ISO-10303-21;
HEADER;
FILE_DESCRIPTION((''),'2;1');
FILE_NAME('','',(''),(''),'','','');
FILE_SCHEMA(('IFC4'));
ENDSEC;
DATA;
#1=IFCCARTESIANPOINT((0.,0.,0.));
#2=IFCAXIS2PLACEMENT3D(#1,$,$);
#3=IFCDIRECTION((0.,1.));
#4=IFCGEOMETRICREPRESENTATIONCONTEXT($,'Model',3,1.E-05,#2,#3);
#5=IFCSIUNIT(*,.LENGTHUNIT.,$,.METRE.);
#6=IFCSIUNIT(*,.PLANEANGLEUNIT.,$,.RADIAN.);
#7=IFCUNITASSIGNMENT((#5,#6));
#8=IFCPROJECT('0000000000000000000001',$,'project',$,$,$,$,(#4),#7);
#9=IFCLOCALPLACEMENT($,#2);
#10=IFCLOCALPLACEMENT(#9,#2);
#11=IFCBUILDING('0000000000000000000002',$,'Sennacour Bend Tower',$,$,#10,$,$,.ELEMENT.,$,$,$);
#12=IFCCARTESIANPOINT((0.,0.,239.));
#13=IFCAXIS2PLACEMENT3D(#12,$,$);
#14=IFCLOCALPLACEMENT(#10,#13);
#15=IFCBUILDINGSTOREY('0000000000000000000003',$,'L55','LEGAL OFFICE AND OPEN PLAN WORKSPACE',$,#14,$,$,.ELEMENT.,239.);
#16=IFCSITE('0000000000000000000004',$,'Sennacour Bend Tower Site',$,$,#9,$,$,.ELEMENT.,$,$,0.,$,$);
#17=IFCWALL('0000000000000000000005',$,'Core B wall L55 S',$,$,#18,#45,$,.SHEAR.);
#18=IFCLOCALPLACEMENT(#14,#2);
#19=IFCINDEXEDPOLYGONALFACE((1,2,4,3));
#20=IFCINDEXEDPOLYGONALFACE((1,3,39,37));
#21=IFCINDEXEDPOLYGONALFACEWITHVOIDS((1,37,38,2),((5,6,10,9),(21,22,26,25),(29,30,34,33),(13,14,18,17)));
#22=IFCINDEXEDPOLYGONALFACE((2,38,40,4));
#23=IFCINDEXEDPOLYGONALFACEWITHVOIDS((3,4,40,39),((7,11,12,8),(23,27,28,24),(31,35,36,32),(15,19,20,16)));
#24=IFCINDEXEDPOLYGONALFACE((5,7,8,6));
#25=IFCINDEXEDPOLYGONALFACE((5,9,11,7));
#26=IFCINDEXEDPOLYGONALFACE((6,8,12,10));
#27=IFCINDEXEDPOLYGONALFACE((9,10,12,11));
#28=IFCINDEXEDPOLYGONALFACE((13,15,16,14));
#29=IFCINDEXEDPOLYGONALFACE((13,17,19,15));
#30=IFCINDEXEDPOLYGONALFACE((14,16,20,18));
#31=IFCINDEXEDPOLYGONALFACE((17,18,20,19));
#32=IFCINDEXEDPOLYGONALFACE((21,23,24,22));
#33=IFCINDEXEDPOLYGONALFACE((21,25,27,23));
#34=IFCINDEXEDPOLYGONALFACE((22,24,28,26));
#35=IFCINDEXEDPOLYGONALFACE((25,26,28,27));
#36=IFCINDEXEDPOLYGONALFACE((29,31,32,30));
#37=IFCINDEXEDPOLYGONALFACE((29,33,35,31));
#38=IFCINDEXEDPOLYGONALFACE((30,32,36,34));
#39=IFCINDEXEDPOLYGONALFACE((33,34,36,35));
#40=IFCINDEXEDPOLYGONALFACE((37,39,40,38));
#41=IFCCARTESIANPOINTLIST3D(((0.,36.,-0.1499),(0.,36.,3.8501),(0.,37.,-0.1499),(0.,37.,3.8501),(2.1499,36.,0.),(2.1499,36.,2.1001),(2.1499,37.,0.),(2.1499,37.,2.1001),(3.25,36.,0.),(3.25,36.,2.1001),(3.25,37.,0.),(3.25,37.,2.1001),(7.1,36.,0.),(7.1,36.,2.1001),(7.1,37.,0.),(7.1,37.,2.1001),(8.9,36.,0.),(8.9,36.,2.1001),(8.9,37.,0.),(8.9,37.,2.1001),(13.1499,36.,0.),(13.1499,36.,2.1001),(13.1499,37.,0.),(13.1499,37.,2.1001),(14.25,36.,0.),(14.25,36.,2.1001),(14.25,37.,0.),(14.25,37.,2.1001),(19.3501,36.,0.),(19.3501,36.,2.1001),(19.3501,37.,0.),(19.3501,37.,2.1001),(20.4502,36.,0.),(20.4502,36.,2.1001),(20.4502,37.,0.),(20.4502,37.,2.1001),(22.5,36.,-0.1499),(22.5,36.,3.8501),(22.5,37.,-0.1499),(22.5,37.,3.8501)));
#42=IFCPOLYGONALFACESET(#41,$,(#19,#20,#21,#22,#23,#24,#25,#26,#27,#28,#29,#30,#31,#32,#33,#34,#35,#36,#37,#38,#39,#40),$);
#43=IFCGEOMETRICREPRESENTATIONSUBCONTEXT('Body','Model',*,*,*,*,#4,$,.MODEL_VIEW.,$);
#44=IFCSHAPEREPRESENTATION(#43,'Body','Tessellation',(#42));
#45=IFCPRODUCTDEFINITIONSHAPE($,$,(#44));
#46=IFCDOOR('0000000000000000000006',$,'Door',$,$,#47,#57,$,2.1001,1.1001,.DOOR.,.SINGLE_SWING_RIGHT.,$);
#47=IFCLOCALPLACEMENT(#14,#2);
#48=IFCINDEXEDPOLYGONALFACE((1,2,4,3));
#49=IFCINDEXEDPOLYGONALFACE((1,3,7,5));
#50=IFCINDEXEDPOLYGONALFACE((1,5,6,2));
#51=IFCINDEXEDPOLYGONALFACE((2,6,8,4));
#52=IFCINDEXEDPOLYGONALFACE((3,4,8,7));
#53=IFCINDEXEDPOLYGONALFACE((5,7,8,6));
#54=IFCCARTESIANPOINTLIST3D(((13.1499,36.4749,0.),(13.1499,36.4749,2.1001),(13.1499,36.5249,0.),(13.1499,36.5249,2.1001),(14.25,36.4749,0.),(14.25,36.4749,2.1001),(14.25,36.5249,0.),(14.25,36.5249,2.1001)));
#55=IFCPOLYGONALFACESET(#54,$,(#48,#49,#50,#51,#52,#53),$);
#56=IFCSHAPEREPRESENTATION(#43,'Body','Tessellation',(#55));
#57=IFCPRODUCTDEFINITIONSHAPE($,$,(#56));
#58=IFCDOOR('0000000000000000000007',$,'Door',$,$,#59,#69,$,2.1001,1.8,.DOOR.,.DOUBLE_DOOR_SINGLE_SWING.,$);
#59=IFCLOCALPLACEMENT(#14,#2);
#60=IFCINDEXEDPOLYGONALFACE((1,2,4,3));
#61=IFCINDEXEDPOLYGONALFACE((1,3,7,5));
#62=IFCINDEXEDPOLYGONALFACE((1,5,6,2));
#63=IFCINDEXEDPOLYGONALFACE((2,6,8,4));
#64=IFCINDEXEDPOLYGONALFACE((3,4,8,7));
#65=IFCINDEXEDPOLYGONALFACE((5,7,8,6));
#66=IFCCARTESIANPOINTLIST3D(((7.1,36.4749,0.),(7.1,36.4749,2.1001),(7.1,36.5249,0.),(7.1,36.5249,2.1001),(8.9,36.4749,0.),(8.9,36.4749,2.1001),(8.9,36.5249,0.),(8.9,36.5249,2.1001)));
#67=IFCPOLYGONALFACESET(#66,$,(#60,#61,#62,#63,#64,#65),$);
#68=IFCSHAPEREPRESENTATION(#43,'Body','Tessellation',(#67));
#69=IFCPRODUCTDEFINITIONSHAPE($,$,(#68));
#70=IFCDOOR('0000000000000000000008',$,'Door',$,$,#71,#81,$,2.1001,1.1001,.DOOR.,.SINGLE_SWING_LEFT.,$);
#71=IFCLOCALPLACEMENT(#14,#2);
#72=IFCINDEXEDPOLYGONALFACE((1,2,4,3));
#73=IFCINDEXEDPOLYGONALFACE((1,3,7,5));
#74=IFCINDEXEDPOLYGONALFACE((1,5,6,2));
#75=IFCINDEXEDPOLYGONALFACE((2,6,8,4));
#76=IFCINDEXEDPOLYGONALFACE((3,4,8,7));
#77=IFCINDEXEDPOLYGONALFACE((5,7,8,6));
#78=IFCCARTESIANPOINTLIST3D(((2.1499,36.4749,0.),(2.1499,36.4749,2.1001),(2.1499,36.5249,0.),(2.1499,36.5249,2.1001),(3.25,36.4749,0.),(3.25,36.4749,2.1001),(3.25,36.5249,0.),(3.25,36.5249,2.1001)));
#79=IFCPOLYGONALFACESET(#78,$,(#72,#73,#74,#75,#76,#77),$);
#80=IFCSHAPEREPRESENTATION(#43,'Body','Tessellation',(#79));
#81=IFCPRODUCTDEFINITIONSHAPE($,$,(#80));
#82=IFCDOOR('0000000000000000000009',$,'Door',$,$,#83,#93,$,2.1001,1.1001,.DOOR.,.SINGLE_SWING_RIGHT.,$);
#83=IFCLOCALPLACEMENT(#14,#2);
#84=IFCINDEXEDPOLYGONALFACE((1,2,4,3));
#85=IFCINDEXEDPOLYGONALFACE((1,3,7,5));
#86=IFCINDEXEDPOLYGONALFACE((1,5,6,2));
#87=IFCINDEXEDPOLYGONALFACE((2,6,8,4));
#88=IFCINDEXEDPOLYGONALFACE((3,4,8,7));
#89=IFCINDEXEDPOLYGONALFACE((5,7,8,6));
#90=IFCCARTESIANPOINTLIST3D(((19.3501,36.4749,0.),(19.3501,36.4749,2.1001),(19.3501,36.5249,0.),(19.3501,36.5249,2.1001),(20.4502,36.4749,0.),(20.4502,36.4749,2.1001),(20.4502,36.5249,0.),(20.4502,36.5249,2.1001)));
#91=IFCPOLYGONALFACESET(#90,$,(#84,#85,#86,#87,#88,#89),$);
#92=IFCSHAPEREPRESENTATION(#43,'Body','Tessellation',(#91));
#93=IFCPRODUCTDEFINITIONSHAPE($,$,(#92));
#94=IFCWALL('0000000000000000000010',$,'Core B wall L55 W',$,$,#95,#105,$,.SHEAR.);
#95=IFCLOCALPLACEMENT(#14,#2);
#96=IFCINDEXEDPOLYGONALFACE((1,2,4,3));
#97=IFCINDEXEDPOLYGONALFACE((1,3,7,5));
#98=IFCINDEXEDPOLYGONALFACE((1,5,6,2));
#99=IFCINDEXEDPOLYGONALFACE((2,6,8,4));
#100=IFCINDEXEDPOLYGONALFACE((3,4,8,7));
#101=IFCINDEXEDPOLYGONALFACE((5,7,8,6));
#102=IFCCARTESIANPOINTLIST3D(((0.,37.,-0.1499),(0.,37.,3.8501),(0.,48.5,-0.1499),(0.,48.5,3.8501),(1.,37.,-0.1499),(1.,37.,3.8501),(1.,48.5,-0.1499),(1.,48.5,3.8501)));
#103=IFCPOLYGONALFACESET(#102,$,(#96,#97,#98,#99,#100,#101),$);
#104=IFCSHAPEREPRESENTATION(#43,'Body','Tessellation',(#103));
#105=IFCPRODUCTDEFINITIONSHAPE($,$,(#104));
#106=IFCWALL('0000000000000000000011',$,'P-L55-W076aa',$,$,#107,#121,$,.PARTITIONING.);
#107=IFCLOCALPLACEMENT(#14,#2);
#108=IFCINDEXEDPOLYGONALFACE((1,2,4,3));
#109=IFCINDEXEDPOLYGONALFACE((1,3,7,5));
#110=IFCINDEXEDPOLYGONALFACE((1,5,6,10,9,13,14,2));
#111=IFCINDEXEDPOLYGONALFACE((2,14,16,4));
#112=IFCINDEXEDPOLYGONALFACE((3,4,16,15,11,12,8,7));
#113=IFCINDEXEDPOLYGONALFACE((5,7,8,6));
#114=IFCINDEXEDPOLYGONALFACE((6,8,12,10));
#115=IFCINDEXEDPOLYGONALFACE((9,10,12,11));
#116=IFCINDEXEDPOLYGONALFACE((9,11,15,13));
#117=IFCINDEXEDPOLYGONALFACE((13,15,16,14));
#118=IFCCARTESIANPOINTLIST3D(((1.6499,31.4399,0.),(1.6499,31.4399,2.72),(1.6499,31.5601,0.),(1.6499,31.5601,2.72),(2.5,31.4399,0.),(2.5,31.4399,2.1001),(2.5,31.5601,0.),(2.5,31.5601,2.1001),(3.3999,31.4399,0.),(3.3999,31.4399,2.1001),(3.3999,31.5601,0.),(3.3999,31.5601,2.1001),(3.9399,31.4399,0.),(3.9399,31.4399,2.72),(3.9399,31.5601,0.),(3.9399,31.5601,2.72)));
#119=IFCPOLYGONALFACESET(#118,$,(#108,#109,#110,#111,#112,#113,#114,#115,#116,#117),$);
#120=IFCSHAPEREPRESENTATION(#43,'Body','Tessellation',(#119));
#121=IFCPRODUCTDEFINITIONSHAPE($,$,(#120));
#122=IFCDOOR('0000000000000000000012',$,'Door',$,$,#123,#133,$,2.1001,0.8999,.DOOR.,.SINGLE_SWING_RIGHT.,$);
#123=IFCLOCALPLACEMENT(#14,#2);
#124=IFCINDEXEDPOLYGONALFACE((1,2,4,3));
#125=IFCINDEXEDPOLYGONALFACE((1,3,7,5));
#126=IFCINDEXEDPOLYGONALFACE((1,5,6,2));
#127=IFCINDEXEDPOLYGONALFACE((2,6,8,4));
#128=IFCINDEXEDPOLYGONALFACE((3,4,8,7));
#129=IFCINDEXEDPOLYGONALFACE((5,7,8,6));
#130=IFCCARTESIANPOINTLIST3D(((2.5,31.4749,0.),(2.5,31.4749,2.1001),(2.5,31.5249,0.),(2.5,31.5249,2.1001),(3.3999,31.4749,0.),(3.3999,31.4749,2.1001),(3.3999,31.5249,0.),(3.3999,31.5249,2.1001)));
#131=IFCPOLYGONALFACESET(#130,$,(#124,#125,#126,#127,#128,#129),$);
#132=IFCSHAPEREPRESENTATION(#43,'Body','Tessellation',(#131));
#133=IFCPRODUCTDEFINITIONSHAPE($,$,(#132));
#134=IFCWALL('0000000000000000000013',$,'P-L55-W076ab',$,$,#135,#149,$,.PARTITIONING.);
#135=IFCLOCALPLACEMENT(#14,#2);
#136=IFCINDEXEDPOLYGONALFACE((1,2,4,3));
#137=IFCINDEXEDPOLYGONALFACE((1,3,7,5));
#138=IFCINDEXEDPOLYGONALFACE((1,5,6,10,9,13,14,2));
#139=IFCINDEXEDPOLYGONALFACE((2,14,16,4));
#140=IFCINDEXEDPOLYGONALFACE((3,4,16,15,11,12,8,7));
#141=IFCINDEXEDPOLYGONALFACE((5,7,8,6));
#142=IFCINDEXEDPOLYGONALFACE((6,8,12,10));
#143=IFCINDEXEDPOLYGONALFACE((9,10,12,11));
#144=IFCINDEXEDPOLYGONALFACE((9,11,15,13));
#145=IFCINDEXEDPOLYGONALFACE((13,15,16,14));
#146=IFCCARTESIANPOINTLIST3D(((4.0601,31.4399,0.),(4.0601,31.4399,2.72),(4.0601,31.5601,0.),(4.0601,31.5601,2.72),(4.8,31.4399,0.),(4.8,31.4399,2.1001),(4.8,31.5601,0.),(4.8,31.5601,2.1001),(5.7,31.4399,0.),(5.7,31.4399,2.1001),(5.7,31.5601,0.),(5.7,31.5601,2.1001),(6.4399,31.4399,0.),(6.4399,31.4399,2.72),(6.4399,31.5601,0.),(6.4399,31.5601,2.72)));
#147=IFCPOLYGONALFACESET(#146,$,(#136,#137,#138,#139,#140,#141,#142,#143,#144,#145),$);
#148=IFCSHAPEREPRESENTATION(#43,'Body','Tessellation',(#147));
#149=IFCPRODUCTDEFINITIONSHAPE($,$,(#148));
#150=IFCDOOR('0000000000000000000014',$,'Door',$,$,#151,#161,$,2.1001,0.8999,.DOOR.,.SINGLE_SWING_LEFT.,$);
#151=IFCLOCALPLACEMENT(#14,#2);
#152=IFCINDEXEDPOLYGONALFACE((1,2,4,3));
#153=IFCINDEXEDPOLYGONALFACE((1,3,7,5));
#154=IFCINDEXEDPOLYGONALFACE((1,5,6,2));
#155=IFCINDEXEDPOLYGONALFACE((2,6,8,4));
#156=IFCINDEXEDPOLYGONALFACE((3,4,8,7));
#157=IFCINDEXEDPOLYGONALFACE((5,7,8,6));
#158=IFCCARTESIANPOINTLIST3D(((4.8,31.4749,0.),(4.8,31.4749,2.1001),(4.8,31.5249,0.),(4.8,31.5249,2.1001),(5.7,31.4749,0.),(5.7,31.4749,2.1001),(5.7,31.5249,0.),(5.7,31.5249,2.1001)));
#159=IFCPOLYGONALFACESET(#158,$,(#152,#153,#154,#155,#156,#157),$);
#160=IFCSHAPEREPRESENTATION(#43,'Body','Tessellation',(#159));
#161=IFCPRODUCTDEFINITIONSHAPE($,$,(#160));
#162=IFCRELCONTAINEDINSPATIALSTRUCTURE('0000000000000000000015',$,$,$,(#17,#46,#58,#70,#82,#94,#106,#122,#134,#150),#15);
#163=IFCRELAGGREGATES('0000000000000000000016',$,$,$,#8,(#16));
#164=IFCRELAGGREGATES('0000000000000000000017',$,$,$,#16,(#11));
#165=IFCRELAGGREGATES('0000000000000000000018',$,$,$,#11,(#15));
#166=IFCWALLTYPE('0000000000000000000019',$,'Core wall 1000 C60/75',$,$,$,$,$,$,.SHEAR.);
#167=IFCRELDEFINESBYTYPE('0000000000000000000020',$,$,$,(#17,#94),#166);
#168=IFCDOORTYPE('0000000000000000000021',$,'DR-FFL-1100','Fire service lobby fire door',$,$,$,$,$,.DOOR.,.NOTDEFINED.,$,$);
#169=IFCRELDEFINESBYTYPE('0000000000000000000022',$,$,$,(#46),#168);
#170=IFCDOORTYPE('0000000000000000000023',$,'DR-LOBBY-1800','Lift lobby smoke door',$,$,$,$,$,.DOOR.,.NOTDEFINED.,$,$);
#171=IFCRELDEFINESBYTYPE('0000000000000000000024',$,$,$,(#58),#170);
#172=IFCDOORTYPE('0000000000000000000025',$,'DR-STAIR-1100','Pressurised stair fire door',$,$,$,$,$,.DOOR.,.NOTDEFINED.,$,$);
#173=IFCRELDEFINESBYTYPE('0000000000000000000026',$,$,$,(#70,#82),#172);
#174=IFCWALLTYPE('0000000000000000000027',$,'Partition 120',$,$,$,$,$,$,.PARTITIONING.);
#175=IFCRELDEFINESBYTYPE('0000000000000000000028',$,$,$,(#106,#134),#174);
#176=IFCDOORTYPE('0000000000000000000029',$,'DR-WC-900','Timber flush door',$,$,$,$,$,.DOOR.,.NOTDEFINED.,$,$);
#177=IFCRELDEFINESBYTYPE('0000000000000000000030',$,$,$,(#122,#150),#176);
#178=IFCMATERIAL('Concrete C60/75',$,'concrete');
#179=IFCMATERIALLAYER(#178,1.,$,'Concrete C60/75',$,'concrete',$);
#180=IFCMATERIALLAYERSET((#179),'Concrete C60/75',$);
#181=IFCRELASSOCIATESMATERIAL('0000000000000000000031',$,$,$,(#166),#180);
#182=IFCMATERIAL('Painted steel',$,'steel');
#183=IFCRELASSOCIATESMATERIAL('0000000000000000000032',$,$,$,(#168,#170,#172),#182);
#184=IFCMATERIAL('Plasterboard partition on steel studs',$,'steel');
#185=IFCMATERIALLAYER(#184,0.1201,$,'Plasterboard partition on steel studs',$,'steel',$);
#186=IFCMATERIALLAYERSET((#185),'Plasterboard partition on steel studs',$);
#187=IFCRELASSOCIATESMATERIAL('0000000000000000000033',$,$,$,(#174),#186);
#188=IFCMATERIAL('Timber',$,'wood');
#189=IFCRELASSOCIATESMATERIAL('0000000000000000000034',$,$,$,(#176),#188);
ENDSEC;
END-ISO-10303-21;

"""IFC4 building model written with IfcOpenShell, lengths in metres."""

from ifc_helpers import new_model, si_unit, direction, frame, frame_2d, origin, place, context, subcontext, project, spatial, rectangle, extrude, material, layer, layer_set, type_object, element, fill, save


model = new_model("IFC4")

# Units and contexts
model_context = context("Model", 3, precision=1e-05, world=origin(), true_north=direction((0.0, 1.0)))
body_context = subcontext(model_context, "Body", "Model", "MODEL_VIEW")
ifc_project = project(units=[si_unit("LENGTHUNIT", "METRE"), si_unit("PLANEANGLEUNIT", "RADIAN")], contexts=[model_context])

# Site, building, storey
site_placement = place(None, origin())
site = spatial("IfcSite", under=ifc_project, at=site_placement, Name="Sennacour Bend Tower Site", CompositionType="ELEMENT", RefElevation=0.0)
building_placement = place(site_placement, origin())
building = spatial("IfcBuilding", under=site, at=building_placement, Name="Sennacour Bend Tower", CompositionType="ELEMENT")
storey_placement = place(building_placement, frame((0.0, 0.0, 239.0)))
storey = spatial("IfcBuildingStorey", under=building, at=storey_placement, Name="L55", Description="LEGAL OFFICE AND OPEN PLAN WORKSPACE", CompositionType="ELEMENT", Elevation=239.0)

# Wall, openings, doors
ifc_material_1 = material(Name="Concrete C60/75", Category="concrete")
ifc_layer_1 = layer(ifc_material_1, 1.0, Name="Concrete C60/75", Category="concrete")
ifc_layer_set_1 = layer_set([ifc_layer_1], Name="Concrete C60/75")
wall_type_1 = type_object("IfcWallType", Name="Core wall 1000 C60/75", PredefinedType="SHEAR", material=ifc_layer_set_1)
wall_1_placement = place(storey_placement, frame((0.0, 36.5, -0.1499), z_axis=(0.0, 0.0, 1.0), x_axis=(1.0, 0.0, 0.0)))
wall_1 = element("IfcWall", 1, at=wall_1_placement, inside=storey, type_object=wall_type_1, Name="Core B wall L55 S", PredefinedType="SHEAR", context=body_context, shape_type="SweptSolid", body=[
    extrude(rectangle(XDim=22.5, YDim=1.0, at=frame_2d((11.25, 0.0))), origin(), (0.0, 0.0, 1.0), 4.0),
])
opening_1_placement = place(wall_1_placement, frame((7.1001, 0.0, 0.1499)))
opening_1 = element("IfcOpeningElement", 2, at=opening_1_placement, cuts=wall_1, PredefinedType="OPENING", context=body_context, shape_type="SweptSolid", body=[
    extrude(rectangle(XDim=1.8, YDim=2.1001, at=frame_2d((0.8999, 1.05))), frame((0.0, 0.51, 0.0), z_axis=(0.0, -1.0, 0.0), x_axis=(1.0, 0.0, 0.0)), (0.0, 0.0, 1.0), 1.02),
])
opening_2_placement = place(wall_1_placement, frame((13.1499, 0.0, 0.1499)))
opening_2 = element("IfcOpeningElement", 3, at=opening_2_placement, cuts=wall_1, PredefinedType="OPENING", context=body_context, shape_type="SweptSolid", body=[
    extrude(rectangle(XDim=1.1001, YDim=2.1001, at=frame_2d((0.55, 1.05))), frame((0.0, 0.51, 0.0), z_axis=(0.0, -1.0, 0.0), x_axis=(1.0, 0.0, 0.0)), (0.0, 0.0, 1.0), 1.02),
])
opening_3_placement = place(wall_1_placement, frame((2.1499, 0.0, 0.1499)))
opening_3 = element("IfcOpeningElement", 4, at=opening_3_placement, cuts=wall_1, PredefinedType="OPENING", context=body_context, shape_type="SweptSolid", body=[
    extrude(rectangle(XDim=1.1001, YDim=2.1001, at=frame_2d((0.55, 1.05))), frame((0.0, 0.51, 0.0), z_axis=(0.0, -1.0, 0.0), x_axis=(1.0, 0.0, 0.0)), (0.0, 0.0, 1.0), 1.02),
])
opening_4_placement = place(wall_1_placement, frame((19.3501, 0.0, 0.1499)))
opening_4 = element("IfcOpeningElement", 5, at=opening_4_placement, cuts=wall_1, PredefinedType="OPENING", context=body_context, shape_type="SweptSolid", body=[
    extrude(rectangle(XDim=1.1001, YDim=2.1001, at=frame_2d((0.55, 1.05))), frame((0.0, 0.51, 0.0), z_axis=(0.0, -1.0, 0.0), x_axis=(1.0, 0.0, 0.0)), (0.0, 0.0, 1.0), 1.02),
])
ifc_material_2 = material(Name="Painted steel", Category="steel")
door_type_1 = type_object("IfcDoorType", Name="DR-FFL-1100", Description="Fire service lobby fire door", OperationType="NOTDEFINED", PredefinedType="DOOR", material=ifc_material_2)
door_1_placement = place(opening_2_placement, origin())
door_1 = element("IfcDoor", 6, at=door_1_placement, inside=storey, type_object=door_type_1, Name="Door", OperationType="SINGLE_SWING_RIGHT", OverallHeight=2.1001, OverallWidth=1.1001, PredefinedType="DOOR", context=body_context, shape_type="SweptSolid", body=[
    extrude(rectangle(XDim=1.1001, YDim=2.1001, at=frame_2d((0.55, 1.05))), frame((0.0, 0.0249, 0.0), z_axis=(0.0, -1.0, 0.0), x_axis=(1.0, 0.0, 0.0)), (0.0, 0.0, 1.0), 0.05),
])
fill(opening_2, door_1)
door_type_2 = type_object("IfcDoorType", Name="DR-LOBBY-1800", Description="Lift lobby smoke door", OperationType="NOTDEFINED", PredefinedType="DOOR", material=ifc_material_2)
door_2_placement = place(opening_1_placement, origin())
door_2 = element("IfcDoor", 7, at=door_2_placement, inside=storey, type_object=door_type_2, Name="Door", OperationType="DOUBLE_DOOR_SINGLE_SWING", OverallHeight=2.1001, OverallWidth=1.8, PredefinedType="DOOR", context=body_context, shape_type="SweptSolid", body=[
    extrude(rectangle(XDim=1.8, YDim=2.1001, at=frame_2d((0.8999, 1.05))), frame((0.0, 0.0249, 0.0), z_axis=(0.0, -1.0, 0.0), x_axis=(1.0, 0.0, 0.0)), (0.0, 0.0, 1.0), 0.05),
])
fill(opening_1, door_2)
door_type_3 = type_object("IfcDoorType", Name="DR-STAIR-1100", Description="Pressurised stair fire door", OperationType="NOTDEFINED", PredefinedType="DOOR", material=ifc_material_2)
door_3_placement = place(opening_3_placement, origin())
door_3 = element("IfcDoor", 8, at=door_3_placement, inside=storey, type_object=door_type_3, Name="Door", OperationType="SINGLE_SWING_LEFT", OverallHeight=2.1001, OverallWidth=1.1001, PredefinedType="DOOR", context=body_context, shape_type="SweptSolid", body=[
    extrude(rectangle(XDim=1.1001, YDim=2.1001, at=frame_2d((0.55, 1.05))), frame((0.0, 0.0249, 0.0), z_axis=(0.0, -1.0, 0.0), x_axis=(1.0, 0.0, 0.0)), (0.0, 0.0, 1.0), 0.05),
])
fill(opening_3, door_3)
door_4_placement = place(opening_4_placement, origin())
door_4 = element("IfcDoor", 9, at=door_4_placement, inside=storey, type_object=door_type_3, Name="Door", OperationType="SINGLE_SWING_RIGHT", OverallHeight=2.1001, OverallWidth=1.1001, PredefinedType="DOOR", context=body_context, shape_type="SweptSolid", body=[
    extrude(rectangle(XDim=1.1001, YDim=2.1001, at=frame_2d((0.55, 1.05))), frame((0.0, 0.0249, 0.0), z_axis=(0.0, -1.0, 0.0), x_axis=(1.0, 0.0, 0.0)), (0.0, 0.0, 1.0), 0.05),
])
fill(opening_4, door_4)

# Wall
wall_2_placement = place(storey_placement, frame((0.5, 37.0, -0.1499), z_axis=(0.0, 0.0, 1.0), x_axis=(0.0, 1.0, 0.0)))
element("IfcWall", 10, at=wall_2_placement, inside=storey, type_object=wall_type_1, Name="Core B wall L55 W", PredefinedType="SHEAR", context=body_context, shape_type="SweptSolid", body=[
    extrude(rectangle(XDim=11.5, YDim=1.0, at=frame_2d((5.75, 0.0))), origin(), (0.0, 0.0, 1.0), 4.0),
])

# Walls, openings, doors
ifc_material_3 = material(Name="Plasterboard partition on steel studs", Category="steel")
ifc_layer_2 = layer(ifc_material_3, 0.1201, Name="Plasterboard partition on steel studs", Category="steel")
ifc_layer_set_2 = layer_set([ifc_layer_2], Name="Plasterboard partition on steel studs")
wall_type_2 = type_object("IfcWallType", Name="Partition 120", PredefinedType="PARTITIONING", material=ifc_layer_set_2)
wall_3_placement = place(storey_placement, frame((1.6499, 31.5, 0.0), z_axis=(0.0, 0.0, 1.0), x_axis=(1.0, 0.0, 0.0)))
wall_3 = element("IfcWall", 11, at=wall_3_placement, inside=storey, type_object=wall_type_2, Name="P-L55-W076aa", PredefinedType="PARTITIONING", context=body_context, shape_type="SweptSolid", body=[
    extrude(rectangle(XDim=2.29, YDim=0.1201, at=frame_2d((1.145, 0.0))), origin(), (0.0, 0.0, 1.0), 2.72),
])
opening_5_placement = place(wall_3_placement, frame((0.8501, 0.0, 0.0)))
opening_5 = element("IfcOpeningElement", 12, at=opening_5_placement, cuts=wall_3, PredefinedType="OPENING", context=body_context, shape_type="SweptSolid", body=[
    extrude(rectangle(XDim=0.8999, YDim=2.1001, at=frame_2d((0.45, 1.05))), frame((0.0, 0.0701, 0.0), z_axis=(0.0, -1.0, 0.0), x_axis=(1.0, 0.0, 0.0)), (0.0, 0.0, 1.0), 0.1401),
])
ifc_material_4 = material(Name="Timber", Category="wood")
door_type_4 = type_object("IfcDoorType", Name="DR-WC-900", Description="Timber flush door", OperationType="NOTDEFINED", PredefinedType="DOOR", material=ifc_material_4)
door_5_placement = place(opening_5_placement, origin())
door_5 = element("IfcDoor", 13, at=door_5_placement, inside=storey, type_object=door_type_4, Name="Door", OperationType="SINGLE_SWING_RIGHT", OverallHeight=2.1001, OverallWidth=0.8999, PredefinedType="DOOR", context=body_context, shape_type="SweptSolid", body=[
    extrude(rectangle(XDim=0.8999, YDim=2.1001, at=frame_2d((0.45, 1.05))), frame((0.0, 0.0249, 0.0), z_axis=(0.0, -1.0, 0.0), x_axis=(1.0, 0.0, 0.0)), (0.0, 0.0, 1.0), 0.05),
])
fill(opening_5, door_5)
wall_4_placement = place(storey_placement, frame((4.0601, 31.5, 0.0), z_axis=(0.0, 0.0, 1.0), x_axis=(1.0, 0.0, 0.0)))
wall_4 = element("IfcWall", 14, at=wall_4_placement, inside=storey, type_object=wall_type_2, Name="P-L55-W076ab", PredefinedType="PARTITIONING", context=body_context, shape_type="SweptSolid", body=[
    extrude(rectangle(XDim=2.3799, YDim=0.1201, at=frame_2d((1.1899, 0.0))), origin(), (0.0, 0.0, 1.0), 2.72),
])
opening_6_placement = place(wall_4_placement, frame((0.74, 0.0, 0.0)))
opening_6 = element("IfcOpeningElement", 15, at=opening_6_placement, cuts=wall_4, PredefinedType="OPENING", context=body_context, shape_type="SweptSolid", body=[
    extrude(rectangle(XDim=0.8999, YDim=2.1001, at=frame_2d((0.45, 1.05))), frame((0.0, 0.0701, 0.0), z_axis=(0.0, -1.0, 0.0), x_axis=(1.0, 0.0, 0.0)), (0.0, 0.0, 1.0), 0.1401),
])
door_6_placement = place(opening_6_placement, origin())
door_6 = element("IfcDoor", 16, at=door_6_placement, inside=storey, type_object=door_type_4, Name="Door", OperationType="SINGLE_SWING_LEFT", OverallHeight=2.1001, OverallWidth=0.8999, PredefinedType="DOOR", context=body_context, shape_type="SweptSolid", body=[
    extrude(rectangle(XDim=0.8999, YDim=2.1001, at=frame_2d((0.45, 1.05))), frame((0.0, 0.0249, 0.0), z_axis=(0.0, -1.0, 0.0), x_axis=(1.0, 0.0, 0.0)), (0.0, 0.0, 1.0), 0.05),
])
fill(opening_6, door_6)

save(model, "model.ifc")
